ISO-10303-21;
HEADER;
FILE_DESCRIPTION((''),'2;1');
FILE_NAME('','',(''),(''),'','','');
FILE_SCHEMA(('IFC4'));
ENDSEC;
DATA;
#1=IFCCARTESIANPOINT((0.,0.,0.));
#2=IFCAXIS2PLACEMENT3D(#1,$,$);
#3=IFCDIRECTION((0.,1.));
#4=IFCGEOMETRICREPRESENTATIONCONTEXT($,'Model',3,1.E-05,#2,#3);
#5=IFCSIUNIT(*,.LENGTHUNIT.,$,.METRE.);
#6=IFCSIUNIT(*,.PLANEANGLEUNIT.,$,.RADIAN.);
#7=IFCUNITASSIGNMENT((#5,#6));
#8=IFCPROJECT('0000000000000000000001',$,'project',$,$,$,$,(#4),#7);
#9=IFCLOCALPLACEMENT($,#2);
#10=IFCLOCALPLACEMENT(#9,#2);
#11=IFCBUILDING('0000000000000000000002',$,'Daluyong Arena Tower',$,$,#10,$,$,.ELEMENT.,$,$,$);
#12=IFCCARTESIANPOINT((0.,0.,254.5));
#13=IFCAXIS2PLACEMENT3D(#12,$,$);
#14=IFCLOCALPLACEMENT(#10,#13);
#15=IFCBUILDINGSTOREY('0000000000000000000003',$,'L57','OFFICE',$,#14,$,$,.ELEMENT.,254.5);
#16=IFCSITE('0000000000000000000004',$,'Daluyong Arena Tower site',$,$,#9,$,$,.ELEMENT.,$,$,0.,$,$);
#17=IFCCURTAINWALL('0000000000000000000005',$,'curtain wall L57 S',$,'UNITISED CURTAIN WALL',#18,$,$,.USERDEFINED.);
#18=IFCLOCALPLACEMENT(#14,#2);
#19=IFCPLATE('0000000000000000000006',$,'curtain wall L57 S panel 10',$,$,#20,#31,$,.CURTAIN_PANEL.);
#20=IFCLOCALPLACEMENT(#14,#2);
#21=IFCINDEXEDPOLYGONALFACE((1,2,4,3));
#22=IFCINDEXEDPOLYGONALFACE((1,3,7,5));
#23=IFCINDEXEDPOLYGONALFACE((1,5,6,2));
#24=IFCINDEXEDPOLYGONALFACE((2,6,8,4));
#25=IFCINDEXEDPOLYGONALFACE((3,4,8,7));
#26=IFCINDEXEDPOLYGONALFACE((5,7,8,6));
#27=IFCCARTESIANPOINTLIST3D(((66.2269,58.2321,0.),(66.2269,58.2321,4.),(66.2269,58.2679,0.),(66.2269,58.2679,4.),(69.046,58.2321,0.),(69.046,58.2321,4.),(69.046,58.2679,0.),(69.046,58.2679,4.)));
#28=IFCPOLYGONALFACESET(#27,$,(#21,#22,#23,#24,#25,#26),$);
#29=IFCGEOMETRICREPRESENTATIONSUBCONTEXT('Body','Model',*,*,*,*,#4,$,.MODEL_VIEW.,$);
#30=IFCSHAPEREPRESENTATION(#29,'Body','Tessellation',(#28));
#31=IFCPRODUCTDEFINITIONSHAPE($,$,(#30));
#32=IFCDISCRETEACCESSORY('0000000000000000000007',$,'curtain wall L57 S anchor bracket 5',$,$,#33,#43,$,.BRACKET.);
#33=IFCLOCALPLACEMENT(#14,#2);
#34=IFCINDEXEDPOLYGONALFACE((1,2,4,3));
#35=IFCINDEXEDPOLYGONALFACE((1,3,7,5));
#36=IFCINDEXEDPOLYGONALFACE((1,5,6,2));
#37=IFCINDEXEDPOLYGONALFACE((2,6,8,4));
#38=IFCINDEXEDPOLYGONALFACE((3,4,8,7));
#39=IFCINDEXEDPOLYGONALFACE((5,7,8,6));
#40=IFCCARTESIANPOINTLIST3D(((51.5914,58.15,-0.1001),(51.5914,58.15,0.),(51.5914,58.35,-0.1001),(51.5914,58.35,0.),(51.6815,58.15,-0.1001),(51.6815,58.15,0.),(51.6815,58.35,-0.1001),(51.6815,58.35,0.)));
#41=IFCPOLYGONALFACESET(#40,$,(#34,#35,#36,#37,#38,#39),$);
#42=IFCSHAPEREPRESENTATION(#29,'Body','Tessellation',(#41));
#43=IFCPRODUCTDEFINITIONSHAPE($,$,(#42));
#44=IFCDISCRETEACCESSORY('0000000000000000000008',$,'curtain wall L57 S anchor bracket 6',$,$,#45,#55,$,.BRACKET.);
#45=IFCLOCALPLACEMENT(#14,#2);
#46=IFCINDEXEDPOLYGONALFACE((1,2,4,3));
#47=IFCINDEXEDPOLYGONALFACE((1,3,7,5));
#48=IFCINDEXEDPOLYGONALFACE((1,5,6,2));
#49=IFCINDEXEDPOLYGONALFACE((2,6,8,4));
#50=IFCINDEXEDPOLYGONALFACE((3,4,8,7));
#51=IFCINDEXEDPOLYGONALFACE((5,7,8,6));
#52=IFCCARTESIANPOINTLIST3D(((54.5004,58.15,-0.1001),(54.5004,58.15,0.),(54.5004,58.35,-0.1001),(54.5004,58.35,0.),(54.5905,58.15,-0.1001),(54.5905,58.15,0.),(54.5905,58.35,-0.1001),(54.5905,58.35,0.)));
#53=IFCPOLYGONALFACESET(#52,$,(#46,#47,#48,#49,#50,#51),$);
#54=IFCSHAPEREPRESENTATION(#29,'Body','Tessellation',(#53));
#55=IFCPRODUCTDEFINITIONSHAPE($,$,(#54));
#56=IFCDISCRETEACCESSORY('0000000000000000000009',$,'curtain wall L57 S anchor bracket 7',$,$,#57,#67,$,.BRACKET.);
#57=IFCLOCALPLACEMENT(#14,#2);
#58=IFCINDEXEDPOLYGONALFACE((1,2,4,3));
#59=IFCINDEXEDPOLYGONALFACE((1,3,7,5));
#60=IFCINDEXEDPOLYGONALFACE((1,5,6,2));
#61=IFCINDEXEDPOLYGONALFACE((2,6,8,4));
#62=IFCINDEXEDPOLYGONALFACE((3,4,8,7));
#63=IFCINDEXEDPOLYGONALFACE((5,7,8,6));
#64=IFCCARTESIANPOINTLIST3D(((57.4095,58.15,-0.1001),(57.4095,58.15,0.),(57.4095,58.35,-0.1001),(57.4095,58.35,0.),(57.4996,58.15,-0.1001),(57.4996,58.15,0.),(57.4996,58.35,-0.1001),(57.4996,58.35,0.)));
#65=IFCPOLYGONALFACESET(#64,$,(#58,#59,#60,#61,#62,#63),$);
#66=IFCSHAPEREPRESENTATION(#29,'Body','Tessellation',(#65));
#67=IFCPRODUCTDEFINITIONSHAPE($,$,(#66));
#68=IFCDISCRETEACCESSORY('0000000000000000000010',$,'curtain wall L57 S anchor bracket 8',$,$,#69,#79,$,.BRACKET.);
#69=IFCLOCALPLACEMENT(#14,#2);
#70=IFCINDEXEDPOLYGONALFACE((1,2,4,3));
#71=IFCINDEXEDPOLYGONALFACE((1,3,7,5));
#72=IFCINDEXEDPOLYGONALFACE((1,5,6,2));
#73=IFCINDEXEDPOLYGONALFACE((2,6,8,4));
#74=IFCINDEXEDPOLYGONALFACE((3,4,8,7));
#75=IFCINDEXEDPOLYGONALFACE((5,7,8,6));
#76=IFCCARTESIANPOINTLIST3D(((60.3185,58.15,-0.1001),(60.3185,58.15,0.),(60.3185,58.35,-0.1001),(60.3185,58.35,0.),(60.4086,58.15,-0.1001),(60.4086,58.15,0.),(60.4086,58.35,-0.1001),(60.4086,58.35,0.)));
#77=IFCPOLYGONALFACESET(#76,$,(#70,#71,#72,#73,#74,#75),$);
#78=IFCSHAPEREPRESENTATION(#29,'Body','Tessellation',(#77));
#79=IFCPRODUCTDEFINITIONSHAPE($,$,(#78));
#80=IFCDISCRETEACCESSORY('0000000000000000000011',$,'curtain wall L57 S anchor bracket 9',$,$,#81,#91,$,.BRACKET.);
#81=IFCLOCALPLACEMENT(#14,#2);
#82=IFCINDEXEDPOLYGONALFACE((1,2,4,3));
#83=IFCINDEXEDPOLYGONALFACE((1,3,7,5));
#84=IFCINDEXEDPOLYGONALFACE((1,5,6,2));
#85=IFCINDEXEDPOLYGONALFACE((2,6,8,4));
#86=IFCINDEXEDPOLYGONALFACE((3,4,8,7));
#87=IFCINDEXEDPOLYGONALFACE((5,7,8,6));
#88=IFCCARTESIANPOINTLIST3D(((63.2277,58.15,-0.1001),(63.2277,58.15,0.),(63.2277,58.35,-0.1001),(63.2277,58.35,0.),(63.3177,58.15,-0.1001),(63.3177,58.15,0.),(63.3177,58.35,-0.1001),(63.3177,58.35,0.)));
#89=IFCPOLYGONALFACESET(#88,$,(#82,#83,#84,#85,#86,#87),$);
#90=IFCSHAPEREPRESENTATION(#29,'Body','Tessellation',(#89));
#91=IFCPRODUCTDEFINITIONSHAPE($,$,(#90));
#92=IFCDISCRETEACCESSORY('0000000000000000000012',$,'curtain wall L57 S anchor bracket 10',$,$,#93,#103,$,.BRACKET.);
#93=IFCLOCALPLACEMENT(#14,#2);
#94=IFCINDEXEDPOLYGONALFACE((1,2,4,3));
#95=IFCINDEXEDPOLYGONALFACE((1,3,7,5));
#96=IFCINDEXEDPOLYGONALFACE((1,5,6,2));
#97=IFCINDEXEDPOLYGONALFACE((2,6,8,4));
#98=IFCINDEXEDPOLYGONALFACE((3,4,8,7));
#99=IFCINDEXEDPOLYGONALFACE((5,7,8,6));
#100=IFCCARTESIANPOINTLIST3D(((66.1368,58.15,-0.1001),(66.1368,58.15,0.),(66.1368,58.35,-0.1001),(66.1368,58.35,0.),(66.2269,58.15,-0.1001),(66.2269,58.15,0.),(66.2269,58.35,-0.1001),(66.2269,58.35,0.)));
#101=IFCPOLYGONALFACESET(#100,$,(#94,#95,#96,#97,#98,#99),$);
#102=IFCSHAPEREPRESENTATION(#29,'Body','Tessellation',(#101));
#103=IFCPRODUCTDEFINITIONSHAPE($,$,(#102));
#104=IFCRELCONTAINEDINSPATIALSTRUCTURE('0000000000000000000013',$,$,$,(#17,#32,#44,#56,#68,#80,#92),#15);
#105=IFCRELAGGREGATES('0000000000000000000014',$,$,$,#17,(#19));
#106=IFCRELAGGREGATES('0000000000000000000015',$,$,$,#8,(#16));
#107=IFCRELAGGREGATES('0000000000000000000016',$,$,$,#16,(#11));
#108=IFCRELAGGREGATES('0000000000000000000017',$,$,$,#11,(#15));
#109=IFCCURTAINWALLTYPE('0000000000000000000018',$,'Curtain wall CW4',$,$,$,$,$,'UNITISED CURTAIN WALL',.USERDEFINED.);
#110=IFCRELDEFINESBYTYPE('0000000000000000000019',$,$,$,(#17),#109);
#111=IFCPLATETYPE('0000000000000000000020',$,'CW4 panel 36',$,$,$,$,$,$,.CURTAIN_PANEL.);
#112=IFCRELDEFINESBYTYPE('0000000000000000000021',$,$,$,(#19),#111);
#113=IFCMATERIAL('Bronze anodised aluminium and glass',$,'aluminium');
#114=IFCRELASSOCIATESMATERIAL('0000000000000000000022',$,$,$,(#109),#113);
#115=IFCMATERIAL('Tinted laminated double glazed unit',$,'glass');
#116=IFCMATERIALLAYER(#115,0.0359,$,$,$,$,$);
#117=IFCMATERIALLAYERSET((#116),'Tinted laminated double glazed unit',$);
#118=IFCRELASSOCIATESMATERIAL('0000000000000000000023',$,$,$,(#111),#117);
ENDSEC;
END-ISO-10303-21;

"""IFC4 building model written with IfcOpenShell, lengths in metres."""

from ifc_helpers import new_model, si_unit, direction, frame, origin, origin_2d, place, context, subcontext, project, spatial, rectangle, extrude, material, layer, layer_set, type_object, element, aggregate, save


model = new_model("IFC4")

# Units and contexts
model_context = context("Model", 3, precision=1e-05, world=origin(), true_north=direction((0.0, 1.0)))
body_context = subcontext(model_context, "Body", "Model", "MODEL_VIEW")
ifc_project = project(units=[si_unit("LENGTHUNIT", "METRE"), si_unit("PLANEANGLEUNIT", "RADIAN")], contexts=[model_context])

# Site, building, storey
site_placement = place(None, origin())
site = spatial("IfcSite", under=ifc_project, at=site_placement, Name="Daluyong Arena Tower site", CompositionType="ELEMENT", RefElevation=0.0)
building_placement = place(site_placement, origin())
building = spatial("IfcBuilding", under=site, at=building_placement, Name="Daluyong Arena Tower", CompositionType="ELEMENT")
storey_placement = place(building_placement, frame((0.0, 0.0, 254.5)))
storey = spatial("IfcBuildingStorey", under=building, at=storey_placement, Name="L57", Description="OFFICE", CompositionType="ELEMENT", Elevation=254.5)

# Curtain wall
ifc_material_1 = material(Name="Bronze anodised aluminium and glass", Category="aluminium")
curtain_wall_type = type_object("IfcCurtainWallType", Name="Curtain wall CW4", ElementType="UNITISED CURTAIN WALL", PredefinedType="USERDEFINED", material=ifc_material_1)
curtain_wall_placement = place(storey_placement, origin())
curtain_wall = element("IfcCurtainWall", 1, at=curtain_wall_placement, inside=storey, type_object=curtain_wall_type, Name="curtain wall L57 S", ObjectType="UNITISED CURTAIN WALL", PredefinedType="USERDEFINED")

# Plate
ifc_material_2 = material(Name="Tinted laminated double glazed unit", Category="glass")
ifc_layer = layer(ifc_material_2, 0.0359)
ifc_layer_set = layer_set([ifc_layer], Name="Tinted laminated double glazed unit")
plate_type = type_object("IfcPlateType", Name="CW4 panel 36", PredefinedType="CURTAIN_PANEL", material=ifc_layer_set)
plate_1_placement = place(storey_placement, frame((67.6365, 58.25, 0.0), z_axis=(0.0, 0.0, 1.0), x_axis=(1.0, 0.0, 0.0)))
plate_1 = element("IfcPlate", 2, at=plate_1_placement, type_object=plate_type, Name="curtain wall L57 S panel 10", PredefinedType="CURTAIN_PANEL", context=body_context, shape_type="SweptSolid", body=[
    extrude(rectangle(XDim=2.8191, YDim=0.0359, at=origin_2d()), origin(), (0.0, 0.0, 1.0), 4.0),
])
aggregate(curtain_wall, [plate_1])

# Discrete accessories
for number, where, z_axis, x_axis, name in (
    (3, (51.6365, 58.25, -0.1001), (0.0, 0.0, 1.0), (1.0, 0.0, 0.0), "curtain wall L57 S anchor bracket 5"),
    (4, (54.5454, 58.25, -0.1001), (0.0, 0.0, 1.0), (1.0, 0.0, 0.0), "curtain wall L57 S anchor bracket 6"),
    (5, (57.4546, 58.25, -0.1001), (0.0, 0.0, 1.0), (1.0, 0.0, 0.0), "curtain wall L57 S anchor bracket 7"),
    (6, (60.3635, 58.25, -0.1001), (0.0, 0.0, 1.0), (1.0, 0.0, 0.0), "curtain wall L57 S anchor bracket 8"),
    (7, (63.2727, 58.25, -0.1001), (0.0, 0.0, 1.0), (1.0, 0.0, 0.0), "curtain wall L57 S anchor bracket 9"),
    (8, (66.1819, 58.25, -0.1001), (0.0, 0.0, 1.0), (1.0, 0.0, 0.0), "curtain wall L57 S anchor bracket 10"),
):
    element("IfcDiscreteAccessory", number, at=place(storey_placement, frame(where, z_axis=z_axis, x_axis=x_axis)), inside=storey, Name=name, PredefinedType="BRACKET", context=body_context, shape_type="SweptSolid", body=[
        extrude(rectangle(XDim=0.0901, YDim=0.2, at=origin_2d()), origin(), (0.0, 0.0, 1.0), 0.1001),
    ])

save(model, "model.ifc")
